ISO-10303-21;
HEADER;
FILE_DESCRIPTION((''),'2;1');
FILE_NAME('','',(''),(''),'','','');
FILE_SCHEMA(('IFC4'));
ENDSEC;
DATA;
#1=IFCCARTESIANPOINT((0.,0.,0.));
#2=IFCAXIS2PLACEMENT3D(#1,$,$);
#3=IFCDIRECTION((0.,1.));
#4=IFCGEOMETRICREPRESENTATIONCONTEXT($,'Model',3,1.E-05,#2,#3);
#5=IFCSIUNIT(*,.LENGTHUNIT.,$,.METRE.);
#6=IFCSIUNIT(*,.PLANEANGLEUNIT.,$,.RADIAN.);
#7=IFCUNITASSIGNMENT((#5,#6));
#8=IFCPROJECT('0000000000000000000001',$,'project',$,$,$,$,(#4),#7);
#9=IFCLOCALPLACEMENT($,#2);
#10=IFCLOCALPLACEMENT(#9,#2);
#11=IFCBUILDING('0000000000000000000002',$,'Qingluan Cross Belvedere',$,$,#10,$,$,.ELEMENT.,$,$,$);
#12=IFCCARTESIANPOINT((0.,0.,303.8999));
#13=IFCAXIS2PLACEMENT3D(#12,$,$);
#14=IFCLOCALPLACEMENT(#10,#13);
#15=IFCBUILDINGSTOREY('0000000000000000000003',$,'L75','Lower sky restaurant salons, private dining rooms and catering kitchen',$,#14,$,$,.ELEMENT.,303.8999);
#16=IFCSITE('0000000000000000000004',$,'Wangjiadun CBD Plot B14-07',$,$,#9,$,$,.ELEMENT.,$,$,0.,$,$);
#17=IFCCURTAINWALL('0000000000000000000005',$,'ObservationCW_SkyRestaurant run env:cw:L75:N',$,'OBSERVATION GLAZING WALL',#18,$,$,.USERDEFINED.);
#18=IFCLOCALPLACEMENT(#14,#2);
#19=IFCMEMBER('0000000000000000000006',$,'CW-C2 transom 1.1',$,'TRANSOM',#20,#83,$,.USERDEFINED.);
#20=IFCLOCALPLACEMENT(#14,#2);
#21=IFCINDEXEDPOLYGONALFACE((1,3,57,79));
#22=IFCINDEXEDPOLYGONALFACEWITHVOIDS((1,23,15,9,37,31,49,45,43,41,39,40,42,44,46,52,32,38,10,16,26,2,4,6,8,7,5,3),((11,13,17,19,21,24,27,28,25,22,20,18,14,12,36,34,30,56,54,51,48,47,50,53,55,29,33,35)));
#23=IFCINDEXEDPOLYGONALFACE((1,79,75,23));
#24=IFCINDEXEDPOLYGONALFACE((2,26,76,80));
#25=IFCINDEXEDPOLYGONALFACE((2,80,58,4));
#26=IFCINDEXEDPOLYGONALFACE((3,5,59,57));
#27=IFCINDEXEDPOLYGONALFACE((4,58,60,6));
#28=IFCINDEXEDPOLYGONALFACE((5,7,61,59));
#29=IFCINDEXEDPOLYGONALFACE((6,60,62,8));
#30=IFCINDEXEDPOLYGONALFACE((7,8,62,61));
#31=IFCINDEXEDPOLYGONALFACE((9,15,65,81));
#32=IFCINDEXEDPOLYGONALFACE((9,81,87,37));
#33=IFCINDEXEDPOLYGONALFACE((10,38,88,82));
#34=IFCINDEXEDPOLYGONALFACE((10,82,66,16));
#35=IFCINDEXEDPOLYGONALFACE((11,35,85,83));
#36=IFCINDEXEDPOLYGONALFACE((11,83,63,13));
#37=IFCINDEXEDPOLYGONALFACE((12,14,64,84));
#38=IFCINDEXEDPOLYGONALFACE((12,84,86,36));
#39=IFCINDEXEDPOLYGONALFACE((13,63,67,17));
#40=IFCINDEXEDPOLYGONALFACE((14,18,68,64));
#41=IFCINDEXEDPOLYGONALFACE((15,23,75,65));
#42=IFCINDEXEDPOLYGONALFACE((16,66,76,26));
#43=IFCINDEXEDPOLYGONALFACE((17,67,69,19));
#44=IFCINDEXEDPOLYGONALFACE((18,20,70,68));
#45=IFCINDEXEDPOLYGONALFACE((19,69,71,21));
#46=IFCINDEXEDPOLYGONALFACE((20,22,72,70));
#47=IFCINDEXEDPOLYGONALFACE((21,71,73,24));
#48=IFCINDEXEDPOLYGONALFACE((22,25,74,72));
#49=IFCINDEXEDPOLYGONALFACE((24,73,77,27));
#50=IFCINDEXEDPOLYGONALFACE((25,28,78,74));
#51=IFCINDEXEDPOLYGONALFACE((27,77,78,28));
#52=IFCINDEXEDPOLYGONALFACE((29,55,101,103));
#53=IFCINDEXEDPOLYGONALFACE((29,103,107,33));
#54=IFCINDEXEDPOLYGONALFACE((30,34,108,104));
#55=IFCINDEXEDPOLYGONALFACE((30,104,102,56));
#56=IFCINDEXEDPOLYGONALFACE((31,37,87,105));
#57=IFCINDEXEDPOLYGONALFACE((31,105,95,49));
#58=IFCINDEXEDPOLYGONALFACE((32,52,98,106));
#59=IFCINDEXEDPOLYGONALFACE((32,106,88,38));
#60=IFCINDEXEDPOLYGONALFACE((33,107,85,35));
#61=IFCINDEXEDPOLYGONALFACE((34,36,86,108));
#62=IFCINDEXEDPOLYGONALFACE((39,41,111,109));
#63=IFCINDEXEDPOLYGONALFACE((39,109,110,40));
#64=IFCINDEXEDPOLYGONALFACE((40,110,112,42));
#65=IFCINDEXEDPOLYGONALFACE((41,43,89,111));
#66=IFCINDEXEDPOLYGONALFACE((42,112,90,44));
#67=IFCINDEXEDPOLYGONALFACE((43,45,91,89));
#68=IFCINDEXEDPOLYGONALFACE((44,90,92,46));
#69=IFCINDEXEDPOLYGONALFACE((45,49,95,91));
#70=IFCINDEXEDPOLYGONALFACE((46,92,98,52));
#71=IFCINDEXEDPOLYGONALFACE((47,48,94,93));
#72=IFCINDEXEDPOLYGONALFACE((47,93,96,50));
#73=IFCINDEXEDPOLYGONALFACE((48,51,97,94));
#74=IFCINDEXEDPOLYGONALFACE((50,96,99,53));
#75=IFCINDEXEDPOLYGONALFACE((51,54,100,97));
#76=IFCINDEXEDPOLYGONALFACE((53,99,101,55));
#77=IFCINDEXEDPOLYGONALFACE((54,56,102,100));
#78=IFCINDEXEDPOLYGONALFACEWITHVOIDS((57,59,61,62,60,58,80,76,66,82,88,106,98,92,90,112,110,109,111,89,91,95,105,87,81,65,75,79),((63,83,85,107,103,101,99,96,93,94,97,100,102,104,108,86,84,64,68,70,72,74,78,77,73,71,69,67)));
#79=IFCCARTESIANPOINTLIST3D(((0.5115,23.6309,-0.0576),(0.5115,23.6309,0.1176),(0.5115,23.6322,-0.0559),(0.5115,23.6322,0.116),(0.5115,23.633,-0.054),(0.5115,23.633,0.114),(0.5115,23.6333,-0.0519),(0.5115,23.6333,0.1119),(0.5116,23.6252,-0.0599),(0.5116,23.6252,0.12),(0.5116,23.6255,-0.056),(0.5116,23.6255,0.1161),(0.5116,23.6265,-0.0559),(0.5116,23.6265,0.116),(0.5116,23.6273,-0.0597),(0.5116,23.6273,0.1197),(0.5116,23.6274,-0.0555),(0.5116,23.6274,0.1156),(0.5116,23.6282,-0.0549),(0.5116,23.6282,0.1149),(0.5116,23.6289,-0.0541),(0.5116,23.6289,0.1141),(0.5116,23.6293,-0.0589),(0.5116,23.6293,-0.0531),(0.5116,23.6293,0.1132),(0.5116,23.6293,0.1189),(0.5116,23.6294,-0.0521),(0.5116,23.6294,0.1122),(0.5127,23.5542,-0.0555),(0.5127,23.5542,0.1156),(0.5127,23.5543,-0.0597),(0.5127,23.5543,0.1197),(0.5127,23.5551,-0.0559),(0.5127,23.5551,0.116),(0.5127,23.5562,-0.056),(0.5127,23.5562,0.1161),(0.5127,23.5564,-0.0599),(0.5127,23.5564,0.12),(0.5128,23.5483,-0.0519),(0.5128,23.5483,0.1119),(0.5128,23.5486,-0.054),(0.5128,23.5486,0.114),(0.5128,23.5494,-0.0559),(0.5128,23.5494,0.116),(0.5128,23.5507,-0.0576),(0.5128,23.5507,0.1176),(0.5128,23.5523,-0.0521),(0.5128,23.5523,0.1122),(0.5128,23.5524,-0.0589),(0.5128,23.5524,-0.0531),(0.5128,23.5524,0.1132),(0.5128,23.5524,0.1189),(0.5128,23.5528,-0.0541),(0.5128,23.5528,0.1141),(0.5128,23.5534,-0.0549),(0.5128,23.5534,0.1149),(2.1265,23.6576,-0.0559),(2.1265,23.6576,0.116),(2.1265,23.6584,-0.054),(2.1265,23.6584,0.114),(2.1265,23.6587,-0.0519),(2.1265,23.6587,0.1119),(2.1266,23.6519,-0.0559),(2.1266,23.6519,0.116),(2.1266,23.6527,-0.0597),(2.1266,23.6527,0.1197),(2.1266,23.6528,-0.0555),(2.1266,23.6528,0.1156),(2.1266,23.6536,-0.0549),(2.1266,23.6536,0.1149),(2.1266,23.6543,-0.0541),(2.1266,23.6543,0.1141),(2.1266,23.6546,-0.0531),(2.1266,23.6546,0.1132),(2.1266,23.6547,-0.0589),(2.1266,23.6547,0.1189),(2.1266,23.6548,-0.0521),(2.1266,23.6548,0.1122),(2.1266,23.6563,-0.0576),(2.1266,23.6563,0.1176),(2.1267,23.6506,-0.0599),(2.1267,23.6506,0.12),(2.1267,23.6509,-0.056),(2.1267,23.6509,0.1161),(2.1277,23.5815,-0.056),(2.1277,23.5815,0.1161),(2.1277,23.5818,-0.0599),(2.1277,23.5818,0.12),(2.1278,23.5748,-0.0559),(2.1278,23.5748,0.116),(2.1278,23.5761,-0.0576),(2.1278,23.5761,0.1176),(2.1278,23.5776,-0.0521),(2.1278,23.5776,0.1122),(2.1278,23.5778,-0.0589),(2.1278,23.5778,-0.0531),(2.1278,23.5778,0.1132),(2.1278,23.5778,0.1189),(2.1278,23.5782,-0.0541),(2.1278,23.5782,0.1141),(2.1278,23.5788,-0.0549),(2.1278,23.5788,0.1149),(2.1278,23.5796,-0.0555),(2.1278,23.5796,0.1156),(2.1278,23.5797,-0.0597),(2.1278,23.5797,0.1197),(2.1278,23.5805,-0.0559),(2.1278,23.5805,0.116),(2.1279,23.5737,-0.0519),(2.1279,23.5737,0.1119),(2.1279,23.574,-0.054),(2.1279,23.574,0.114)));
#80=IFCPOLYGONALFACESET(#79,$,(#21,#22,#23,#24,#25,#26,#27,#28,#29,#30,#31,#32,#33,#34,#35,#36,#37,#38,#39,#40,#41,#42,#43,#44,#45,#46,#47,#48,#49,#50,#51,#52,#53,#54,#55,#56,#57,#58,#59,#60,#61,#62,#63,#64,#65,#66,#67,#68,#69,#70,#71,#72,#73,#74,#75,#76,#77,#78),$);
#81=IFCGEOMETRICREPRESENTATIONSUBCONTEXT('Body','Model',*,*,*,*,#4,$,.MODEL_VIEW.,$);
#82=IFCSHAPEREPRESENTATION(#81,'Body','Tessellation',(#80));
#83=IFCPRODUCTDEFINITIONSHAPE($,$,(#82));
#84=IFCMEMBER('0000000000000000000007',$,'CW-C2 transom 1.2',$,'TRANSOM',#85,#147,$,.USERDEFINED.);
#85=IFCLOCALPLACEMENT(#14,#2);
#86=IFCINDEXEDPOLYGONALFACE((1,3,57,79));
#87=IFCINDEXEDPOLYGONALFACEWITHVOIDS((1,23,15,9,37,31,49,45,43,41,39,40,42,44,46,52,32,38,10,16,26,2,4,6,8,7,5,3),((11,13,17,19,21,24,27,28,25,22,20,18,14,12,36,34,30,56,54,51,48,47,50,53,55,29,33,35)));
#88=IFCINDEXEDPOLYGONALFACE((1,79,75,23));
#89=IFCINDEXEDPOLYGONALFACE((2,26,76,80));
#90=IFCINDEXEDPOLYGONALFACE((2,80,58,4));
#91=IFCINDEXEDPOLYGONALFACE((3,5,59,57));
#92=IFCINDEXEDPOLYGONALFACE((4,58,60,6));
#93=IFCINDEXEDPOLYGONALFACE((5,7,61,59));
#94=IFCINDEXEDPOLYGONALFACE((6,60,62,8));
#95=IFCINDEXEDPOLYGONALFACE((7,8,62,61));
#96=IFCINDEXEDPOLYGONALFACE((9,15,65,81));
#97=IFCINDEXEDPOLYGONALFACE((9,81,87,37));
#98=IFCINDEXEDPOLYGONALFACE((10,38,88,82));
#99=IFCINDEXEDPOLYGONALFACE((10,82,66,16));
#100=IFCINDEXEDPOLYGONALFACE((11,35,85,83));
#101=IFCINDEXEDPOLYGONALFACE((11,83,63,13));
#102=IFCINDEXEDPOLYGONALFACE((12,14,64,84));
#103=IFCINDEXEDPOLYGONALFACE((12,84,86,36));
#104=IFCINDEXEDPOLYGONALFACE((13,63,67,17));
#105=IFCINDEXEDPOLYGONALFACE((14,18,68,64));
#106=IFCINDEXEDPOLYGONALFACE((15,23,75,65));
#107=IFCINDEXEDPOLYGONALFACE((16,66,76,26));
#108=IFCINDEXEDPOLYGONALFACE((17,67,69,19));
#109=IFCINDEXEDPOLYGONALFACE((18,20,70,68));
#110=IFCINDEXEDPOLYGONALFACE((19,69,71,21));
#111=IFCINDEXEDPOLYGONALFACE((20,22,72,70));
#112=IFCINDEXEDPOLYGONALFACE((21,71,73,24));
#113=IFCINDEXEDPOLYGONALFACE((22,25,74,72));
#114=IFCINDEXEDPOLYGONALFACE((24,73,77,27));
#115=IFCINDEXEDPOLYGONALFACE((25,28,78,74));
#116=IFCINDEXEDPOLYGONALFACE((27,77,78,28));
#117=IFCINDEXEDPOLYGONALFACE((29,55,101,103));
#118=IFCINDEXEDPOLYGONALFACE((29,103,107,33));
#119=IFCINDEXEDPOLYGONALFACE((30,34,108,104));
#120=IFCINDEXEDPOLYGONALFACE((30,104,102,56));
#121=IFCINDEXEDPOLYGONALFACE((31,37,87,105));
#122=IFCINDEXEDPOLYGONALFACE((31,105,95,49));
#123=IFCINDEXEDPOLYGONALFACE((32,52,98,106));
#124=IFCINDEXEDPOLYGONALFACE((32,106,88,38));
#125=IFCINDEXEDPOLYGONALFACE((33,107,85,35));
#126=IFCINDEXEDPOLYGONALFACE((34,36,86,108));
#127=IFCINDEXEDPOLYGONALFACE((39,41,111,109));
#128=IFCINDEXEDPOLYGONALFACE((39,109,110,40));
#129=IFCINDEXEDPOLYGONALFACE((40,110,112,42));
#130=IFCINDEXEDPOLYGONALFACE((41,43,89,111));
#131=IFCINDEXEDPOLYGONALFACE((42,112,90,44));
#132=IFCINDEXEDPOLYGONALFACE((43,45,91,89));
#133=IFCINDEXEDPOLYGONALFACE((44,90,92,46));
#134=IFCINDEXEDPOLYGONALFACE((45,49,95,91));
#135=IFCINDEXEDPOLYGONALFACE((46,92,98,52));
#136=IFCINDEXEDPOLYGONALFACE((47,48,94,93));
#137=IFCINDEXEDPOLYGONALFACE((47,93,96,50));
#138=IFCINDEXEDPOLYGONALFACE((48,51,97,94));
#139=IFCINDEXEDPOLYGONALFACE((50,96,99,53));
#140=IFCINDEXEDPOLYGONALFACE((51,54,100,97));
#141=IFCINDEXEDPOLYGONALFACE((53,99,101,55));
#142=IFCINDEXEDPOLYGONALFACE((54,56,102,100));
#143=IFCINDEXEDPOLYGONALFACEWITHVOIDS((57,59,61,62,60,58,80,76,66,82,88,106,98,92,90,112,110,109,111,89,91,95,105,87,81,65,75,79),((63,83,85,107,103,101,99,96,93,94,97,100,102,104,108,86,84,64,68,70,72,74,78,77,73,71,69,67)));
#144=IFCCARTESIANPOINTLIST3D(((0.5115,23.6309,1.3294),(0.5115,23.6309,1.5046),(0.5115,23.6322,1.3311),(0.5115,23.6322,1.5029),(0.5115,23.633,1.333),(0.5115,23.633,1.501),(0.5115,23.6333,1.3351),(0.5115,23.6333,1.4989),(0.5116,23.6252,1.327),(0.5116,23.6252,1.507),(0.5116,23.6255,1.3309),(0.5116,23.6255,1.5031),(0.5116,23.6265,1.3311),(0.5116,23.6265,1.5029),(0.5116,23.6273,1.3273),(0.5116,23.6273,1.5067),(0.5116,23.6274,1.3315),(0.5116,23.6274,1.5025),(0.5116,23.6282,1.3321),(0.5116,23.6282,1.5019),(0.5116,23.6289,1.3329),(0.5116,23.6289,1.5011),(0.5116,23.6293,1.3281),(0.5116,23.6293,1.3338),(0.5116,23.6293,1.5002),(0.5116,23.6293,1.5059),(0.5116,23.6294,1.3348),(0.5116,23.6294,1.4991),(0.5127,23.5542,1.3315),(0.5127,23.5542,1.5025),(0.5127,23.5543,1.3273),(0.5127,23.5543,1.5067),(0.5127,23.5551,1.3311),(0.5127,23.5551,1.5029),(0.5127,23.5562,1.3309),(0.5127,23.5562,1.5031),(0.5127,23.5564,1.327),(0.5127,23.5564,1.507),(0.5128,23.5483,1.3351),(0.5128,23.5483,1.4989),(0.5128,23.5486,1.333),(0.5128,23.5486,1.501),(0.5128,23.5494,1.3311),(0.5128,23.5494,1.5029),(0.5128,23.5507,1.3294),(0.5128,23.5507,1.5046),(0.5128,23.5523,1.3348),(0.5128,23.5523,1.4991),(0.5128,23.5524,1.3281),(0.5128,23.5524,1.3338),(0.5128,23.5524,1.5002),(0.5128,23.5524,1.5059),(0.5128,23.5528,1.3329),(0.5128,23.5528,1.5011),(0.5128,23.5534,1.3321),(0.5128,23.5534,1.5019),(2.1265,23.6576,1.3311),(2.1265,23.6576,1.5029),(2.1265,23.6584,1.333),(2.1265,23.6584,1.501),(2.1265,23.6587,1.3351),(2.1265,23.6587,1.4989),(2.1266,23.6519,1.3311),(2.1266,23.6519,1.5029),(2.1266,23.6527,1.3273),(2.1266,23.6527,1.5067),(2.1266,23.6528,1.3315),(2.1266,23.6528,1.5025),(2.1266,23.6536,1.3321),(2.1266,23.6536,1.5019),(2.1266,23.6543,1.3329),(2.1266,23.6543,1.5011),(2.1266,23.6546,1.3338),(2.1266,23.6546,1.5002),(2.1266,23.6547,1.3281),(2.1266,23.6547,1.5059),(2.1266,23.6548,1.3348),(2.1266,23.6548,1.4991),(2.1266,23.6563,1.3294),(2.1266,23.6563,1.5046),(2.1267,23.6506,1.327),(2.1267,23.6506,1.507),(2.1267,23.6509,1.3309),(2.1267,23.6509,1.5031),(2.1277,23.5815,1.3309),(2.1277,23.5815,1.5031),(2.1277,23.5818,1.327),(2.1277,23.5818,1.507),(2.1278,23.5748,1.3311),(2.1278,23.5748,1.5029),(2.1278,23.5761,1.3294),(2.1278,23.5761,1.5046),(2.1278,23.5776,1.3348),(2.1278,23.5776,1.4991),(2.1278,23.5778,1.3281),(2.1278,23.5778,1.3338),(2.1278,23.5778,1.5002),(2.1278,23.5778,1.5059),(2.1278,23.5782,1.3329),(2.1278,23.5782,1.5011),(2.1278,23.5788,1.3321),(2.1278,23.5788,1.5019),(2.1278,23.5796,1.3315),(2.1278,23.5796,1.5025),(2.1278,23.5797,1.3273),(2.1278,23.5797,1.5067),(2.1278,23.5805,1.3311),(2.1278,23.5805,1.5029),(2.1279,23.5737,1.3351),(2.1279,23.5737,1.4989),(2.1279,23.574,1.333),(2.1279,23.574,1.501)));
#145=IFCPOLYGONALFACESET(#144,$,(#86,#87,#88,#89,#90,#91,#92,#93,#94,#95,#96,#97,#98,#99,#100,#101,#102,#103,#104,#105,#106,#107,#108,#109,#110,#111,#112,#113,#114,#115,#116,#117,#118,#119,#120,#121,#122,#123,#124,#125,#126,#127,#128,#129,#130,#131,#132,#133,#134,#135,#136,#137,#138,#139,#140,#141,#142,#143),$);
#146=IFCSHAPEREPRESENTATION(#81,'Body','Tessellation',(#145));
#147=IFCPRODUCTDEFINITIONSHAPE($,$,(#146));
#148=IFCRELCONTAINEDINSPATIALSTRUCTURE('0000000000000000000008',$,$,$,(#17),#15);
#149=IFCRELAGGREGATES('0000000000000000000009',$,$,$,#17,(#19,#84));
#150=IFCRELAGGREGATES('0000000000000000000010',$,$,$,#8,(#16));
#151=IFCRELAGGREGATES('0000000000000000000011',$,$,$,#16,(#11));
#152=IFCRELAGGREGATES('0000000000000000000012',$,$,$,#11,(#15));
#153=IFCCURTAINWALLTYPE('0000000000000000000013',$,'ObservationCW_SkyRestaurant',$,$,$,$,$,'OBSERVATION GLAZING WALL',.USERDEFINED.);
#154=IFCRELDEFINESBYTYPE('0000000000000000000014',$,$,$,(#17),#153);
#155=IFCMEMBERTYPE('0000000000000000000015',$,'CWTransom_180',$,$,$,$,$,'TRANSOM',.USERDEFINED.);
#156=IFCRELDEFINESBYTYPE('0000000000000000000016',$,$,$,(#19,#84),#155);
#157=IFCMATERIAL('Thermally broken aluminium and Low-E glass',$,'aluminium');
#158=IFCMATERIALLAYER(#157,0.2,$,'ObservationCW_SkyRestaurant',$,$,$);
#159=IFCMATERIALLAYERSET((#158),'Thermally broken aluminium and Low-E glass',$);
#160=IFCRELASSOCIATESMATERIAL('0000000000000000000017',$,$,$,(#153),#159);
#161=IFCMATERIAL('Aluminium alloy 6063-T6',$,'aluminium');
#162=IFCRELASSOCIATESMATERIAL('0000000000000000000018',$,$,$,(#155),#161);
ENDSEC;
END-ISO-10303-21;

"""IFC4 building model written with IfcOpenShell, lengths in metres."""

from ifc_helpers import new_model, si_unit, direction, frame, origin, origin_2d, place, context, subcontext, project, spatial, hollow_rectangle, extrude, material, layer, layer_set, material_profile, profile_set, type_object, element, aggregate, save


model = new_model("IFC4")

# Units and contexts
model_context = context("Model", 3, precision=1e-05, world=origin(), true_north=direction((0.0, 1.0)))
body_context = subcontext(model_context, "Body", "Model", "MODEL_VIEW")
ifc_project = project(units=[si_unit("LENGTHUNIT", "METRE"), si_unit("PLANEANGLEUNIT", "RADIAN")], contexts=[model_context])

# Site, building, storey
site_placement = place(None, origin())
site = spatial("IfcSite", under=ifc_project, at=site_placement, Name="Wangjiadun CBD Plot B14-07", CompositionType="ELEMENT", RefElevation=0.0)
building_placement = place(site_placement, origin())
building = spatial("IfcBuilding", under=site, at=building_placement, Name="Qingluan Cross Belvedere", CompositionType="ELEMENT")
storey_placement = place(building_placement, frame((0.0, 0.0, 303.8999)))
storey = spatial("IfcBuildingStorey", under=building, at=storey_placement, Name="L75", Description="Lower sky restaurant salons, private dining rooms and catering kitchen", CompositionType="ELEMENT", Elevation=303.8999)

# Curtain wall, members
ifc_material_1 = material(Name="Thermally broken aluminium and Low-E glass", Category="aluminium")
ifc_layer_1 = layer(ifc_material_1, 0.2, Name="ObservationCW_SkyRestaurant")
ifc_layer_set_1 = layer_set([ifc_layer_1], Name="Thermally broken aluminium and Low-E glass")
curtain_wall_type = type_object("IfcCurtainWallType", Name="ObservationCW_SkyRestaurant", ElementType="OBSERVATION GLAZING WALL", PredefinedType="USERDEFINED", material=ifc_layer_set_1)
curtain_wall_placement = place(storey_placement, origin())
curtain_wall = element("IfcCurtainWall", 1, at=curtain_wall_placement, inside=storey, type_object=curtain_wall_type, Name="ObservationCW_SkyRestaurant run env:cw:L75:N", ObjectType="OBSERVATION GLAZING WALL", PredefinedType="USERDEFINED")
ifc_material_2 = material(Name="Aluminium alloy 6063-T6", Category="aluminium")
ifc_material_profile_1 = material_profile(ifc_material_2, hollow_rectangle(XDim=0.085, YDim=0.1799, WallThickness=0.0039, InnerFilletRadius=0.0039, OuterFilletRadius=0.0081, at=origin_2d()), Name="CWT180x85x4")
ifc_profile_set_1 = profile_set([ifc_material_profile_1], Name="Aluminium alloy 6063-T6")
member_type_1 = type_object("IfcMemberType", Name="CWTransom_180", ElementType="TRANSOM", PredefinedType="USERDEFINED", material=ifc_profile_set_1)
member_1_placement = place(storey_placement, frame((2.1272, 23.6162, 0.03), z_axis=(-0.999876, -0.01572, 0.0), x_axis=(0.01572, -0.999876, 0.0)))
member_1 = element("IfcMember", 2, at=member_1_placement, type_object=member_type_1, Name="CW-C2 transom 1.1", ObjectType="TRANSOM", PredefinedType="USERDEFINED", context=body_context, shape_type="SweptSolid", body=[
    extrude(hollow_rectangle(XDim=0.085, YDim=0.1799, WallThickness=0.0039, InnerFilletRadius=0.0039, OuterFilletRadius=0.0081, at=origin_2d()), origin(), (0.0, 0.0, 1.0), 1.6152),
])
member_2_placement = place(storey_placement, frame((2.1272, 23.6162, 1.417), z_axis=(-0.999876, -0.01572, 0.0), x_axis=(0.01572, -0.999876, 0.0)))
member_2 = element("IfcMember", 3, at=member_2_placement, type_object=member_type_1, Name="CW-C2 transom 1.2", ObjectType="TRANSOM", PredefinedType="USERDEFINED", context=body_context, shape_type="SweptSolid", body=[
    extrude(hollow_rectangle(XDim=0.085, YDim=0.1799, WallThickness=0.0039, InnerFilletRadius=0.0039, OuterFilletRadius=0.0081, at=origin_2d()), origin(), (0.0, 0.0, 1.0), 1.6152),
])
aggregate(curtain_wall, [member_1, member_2])

save(model, "model.ifc")
